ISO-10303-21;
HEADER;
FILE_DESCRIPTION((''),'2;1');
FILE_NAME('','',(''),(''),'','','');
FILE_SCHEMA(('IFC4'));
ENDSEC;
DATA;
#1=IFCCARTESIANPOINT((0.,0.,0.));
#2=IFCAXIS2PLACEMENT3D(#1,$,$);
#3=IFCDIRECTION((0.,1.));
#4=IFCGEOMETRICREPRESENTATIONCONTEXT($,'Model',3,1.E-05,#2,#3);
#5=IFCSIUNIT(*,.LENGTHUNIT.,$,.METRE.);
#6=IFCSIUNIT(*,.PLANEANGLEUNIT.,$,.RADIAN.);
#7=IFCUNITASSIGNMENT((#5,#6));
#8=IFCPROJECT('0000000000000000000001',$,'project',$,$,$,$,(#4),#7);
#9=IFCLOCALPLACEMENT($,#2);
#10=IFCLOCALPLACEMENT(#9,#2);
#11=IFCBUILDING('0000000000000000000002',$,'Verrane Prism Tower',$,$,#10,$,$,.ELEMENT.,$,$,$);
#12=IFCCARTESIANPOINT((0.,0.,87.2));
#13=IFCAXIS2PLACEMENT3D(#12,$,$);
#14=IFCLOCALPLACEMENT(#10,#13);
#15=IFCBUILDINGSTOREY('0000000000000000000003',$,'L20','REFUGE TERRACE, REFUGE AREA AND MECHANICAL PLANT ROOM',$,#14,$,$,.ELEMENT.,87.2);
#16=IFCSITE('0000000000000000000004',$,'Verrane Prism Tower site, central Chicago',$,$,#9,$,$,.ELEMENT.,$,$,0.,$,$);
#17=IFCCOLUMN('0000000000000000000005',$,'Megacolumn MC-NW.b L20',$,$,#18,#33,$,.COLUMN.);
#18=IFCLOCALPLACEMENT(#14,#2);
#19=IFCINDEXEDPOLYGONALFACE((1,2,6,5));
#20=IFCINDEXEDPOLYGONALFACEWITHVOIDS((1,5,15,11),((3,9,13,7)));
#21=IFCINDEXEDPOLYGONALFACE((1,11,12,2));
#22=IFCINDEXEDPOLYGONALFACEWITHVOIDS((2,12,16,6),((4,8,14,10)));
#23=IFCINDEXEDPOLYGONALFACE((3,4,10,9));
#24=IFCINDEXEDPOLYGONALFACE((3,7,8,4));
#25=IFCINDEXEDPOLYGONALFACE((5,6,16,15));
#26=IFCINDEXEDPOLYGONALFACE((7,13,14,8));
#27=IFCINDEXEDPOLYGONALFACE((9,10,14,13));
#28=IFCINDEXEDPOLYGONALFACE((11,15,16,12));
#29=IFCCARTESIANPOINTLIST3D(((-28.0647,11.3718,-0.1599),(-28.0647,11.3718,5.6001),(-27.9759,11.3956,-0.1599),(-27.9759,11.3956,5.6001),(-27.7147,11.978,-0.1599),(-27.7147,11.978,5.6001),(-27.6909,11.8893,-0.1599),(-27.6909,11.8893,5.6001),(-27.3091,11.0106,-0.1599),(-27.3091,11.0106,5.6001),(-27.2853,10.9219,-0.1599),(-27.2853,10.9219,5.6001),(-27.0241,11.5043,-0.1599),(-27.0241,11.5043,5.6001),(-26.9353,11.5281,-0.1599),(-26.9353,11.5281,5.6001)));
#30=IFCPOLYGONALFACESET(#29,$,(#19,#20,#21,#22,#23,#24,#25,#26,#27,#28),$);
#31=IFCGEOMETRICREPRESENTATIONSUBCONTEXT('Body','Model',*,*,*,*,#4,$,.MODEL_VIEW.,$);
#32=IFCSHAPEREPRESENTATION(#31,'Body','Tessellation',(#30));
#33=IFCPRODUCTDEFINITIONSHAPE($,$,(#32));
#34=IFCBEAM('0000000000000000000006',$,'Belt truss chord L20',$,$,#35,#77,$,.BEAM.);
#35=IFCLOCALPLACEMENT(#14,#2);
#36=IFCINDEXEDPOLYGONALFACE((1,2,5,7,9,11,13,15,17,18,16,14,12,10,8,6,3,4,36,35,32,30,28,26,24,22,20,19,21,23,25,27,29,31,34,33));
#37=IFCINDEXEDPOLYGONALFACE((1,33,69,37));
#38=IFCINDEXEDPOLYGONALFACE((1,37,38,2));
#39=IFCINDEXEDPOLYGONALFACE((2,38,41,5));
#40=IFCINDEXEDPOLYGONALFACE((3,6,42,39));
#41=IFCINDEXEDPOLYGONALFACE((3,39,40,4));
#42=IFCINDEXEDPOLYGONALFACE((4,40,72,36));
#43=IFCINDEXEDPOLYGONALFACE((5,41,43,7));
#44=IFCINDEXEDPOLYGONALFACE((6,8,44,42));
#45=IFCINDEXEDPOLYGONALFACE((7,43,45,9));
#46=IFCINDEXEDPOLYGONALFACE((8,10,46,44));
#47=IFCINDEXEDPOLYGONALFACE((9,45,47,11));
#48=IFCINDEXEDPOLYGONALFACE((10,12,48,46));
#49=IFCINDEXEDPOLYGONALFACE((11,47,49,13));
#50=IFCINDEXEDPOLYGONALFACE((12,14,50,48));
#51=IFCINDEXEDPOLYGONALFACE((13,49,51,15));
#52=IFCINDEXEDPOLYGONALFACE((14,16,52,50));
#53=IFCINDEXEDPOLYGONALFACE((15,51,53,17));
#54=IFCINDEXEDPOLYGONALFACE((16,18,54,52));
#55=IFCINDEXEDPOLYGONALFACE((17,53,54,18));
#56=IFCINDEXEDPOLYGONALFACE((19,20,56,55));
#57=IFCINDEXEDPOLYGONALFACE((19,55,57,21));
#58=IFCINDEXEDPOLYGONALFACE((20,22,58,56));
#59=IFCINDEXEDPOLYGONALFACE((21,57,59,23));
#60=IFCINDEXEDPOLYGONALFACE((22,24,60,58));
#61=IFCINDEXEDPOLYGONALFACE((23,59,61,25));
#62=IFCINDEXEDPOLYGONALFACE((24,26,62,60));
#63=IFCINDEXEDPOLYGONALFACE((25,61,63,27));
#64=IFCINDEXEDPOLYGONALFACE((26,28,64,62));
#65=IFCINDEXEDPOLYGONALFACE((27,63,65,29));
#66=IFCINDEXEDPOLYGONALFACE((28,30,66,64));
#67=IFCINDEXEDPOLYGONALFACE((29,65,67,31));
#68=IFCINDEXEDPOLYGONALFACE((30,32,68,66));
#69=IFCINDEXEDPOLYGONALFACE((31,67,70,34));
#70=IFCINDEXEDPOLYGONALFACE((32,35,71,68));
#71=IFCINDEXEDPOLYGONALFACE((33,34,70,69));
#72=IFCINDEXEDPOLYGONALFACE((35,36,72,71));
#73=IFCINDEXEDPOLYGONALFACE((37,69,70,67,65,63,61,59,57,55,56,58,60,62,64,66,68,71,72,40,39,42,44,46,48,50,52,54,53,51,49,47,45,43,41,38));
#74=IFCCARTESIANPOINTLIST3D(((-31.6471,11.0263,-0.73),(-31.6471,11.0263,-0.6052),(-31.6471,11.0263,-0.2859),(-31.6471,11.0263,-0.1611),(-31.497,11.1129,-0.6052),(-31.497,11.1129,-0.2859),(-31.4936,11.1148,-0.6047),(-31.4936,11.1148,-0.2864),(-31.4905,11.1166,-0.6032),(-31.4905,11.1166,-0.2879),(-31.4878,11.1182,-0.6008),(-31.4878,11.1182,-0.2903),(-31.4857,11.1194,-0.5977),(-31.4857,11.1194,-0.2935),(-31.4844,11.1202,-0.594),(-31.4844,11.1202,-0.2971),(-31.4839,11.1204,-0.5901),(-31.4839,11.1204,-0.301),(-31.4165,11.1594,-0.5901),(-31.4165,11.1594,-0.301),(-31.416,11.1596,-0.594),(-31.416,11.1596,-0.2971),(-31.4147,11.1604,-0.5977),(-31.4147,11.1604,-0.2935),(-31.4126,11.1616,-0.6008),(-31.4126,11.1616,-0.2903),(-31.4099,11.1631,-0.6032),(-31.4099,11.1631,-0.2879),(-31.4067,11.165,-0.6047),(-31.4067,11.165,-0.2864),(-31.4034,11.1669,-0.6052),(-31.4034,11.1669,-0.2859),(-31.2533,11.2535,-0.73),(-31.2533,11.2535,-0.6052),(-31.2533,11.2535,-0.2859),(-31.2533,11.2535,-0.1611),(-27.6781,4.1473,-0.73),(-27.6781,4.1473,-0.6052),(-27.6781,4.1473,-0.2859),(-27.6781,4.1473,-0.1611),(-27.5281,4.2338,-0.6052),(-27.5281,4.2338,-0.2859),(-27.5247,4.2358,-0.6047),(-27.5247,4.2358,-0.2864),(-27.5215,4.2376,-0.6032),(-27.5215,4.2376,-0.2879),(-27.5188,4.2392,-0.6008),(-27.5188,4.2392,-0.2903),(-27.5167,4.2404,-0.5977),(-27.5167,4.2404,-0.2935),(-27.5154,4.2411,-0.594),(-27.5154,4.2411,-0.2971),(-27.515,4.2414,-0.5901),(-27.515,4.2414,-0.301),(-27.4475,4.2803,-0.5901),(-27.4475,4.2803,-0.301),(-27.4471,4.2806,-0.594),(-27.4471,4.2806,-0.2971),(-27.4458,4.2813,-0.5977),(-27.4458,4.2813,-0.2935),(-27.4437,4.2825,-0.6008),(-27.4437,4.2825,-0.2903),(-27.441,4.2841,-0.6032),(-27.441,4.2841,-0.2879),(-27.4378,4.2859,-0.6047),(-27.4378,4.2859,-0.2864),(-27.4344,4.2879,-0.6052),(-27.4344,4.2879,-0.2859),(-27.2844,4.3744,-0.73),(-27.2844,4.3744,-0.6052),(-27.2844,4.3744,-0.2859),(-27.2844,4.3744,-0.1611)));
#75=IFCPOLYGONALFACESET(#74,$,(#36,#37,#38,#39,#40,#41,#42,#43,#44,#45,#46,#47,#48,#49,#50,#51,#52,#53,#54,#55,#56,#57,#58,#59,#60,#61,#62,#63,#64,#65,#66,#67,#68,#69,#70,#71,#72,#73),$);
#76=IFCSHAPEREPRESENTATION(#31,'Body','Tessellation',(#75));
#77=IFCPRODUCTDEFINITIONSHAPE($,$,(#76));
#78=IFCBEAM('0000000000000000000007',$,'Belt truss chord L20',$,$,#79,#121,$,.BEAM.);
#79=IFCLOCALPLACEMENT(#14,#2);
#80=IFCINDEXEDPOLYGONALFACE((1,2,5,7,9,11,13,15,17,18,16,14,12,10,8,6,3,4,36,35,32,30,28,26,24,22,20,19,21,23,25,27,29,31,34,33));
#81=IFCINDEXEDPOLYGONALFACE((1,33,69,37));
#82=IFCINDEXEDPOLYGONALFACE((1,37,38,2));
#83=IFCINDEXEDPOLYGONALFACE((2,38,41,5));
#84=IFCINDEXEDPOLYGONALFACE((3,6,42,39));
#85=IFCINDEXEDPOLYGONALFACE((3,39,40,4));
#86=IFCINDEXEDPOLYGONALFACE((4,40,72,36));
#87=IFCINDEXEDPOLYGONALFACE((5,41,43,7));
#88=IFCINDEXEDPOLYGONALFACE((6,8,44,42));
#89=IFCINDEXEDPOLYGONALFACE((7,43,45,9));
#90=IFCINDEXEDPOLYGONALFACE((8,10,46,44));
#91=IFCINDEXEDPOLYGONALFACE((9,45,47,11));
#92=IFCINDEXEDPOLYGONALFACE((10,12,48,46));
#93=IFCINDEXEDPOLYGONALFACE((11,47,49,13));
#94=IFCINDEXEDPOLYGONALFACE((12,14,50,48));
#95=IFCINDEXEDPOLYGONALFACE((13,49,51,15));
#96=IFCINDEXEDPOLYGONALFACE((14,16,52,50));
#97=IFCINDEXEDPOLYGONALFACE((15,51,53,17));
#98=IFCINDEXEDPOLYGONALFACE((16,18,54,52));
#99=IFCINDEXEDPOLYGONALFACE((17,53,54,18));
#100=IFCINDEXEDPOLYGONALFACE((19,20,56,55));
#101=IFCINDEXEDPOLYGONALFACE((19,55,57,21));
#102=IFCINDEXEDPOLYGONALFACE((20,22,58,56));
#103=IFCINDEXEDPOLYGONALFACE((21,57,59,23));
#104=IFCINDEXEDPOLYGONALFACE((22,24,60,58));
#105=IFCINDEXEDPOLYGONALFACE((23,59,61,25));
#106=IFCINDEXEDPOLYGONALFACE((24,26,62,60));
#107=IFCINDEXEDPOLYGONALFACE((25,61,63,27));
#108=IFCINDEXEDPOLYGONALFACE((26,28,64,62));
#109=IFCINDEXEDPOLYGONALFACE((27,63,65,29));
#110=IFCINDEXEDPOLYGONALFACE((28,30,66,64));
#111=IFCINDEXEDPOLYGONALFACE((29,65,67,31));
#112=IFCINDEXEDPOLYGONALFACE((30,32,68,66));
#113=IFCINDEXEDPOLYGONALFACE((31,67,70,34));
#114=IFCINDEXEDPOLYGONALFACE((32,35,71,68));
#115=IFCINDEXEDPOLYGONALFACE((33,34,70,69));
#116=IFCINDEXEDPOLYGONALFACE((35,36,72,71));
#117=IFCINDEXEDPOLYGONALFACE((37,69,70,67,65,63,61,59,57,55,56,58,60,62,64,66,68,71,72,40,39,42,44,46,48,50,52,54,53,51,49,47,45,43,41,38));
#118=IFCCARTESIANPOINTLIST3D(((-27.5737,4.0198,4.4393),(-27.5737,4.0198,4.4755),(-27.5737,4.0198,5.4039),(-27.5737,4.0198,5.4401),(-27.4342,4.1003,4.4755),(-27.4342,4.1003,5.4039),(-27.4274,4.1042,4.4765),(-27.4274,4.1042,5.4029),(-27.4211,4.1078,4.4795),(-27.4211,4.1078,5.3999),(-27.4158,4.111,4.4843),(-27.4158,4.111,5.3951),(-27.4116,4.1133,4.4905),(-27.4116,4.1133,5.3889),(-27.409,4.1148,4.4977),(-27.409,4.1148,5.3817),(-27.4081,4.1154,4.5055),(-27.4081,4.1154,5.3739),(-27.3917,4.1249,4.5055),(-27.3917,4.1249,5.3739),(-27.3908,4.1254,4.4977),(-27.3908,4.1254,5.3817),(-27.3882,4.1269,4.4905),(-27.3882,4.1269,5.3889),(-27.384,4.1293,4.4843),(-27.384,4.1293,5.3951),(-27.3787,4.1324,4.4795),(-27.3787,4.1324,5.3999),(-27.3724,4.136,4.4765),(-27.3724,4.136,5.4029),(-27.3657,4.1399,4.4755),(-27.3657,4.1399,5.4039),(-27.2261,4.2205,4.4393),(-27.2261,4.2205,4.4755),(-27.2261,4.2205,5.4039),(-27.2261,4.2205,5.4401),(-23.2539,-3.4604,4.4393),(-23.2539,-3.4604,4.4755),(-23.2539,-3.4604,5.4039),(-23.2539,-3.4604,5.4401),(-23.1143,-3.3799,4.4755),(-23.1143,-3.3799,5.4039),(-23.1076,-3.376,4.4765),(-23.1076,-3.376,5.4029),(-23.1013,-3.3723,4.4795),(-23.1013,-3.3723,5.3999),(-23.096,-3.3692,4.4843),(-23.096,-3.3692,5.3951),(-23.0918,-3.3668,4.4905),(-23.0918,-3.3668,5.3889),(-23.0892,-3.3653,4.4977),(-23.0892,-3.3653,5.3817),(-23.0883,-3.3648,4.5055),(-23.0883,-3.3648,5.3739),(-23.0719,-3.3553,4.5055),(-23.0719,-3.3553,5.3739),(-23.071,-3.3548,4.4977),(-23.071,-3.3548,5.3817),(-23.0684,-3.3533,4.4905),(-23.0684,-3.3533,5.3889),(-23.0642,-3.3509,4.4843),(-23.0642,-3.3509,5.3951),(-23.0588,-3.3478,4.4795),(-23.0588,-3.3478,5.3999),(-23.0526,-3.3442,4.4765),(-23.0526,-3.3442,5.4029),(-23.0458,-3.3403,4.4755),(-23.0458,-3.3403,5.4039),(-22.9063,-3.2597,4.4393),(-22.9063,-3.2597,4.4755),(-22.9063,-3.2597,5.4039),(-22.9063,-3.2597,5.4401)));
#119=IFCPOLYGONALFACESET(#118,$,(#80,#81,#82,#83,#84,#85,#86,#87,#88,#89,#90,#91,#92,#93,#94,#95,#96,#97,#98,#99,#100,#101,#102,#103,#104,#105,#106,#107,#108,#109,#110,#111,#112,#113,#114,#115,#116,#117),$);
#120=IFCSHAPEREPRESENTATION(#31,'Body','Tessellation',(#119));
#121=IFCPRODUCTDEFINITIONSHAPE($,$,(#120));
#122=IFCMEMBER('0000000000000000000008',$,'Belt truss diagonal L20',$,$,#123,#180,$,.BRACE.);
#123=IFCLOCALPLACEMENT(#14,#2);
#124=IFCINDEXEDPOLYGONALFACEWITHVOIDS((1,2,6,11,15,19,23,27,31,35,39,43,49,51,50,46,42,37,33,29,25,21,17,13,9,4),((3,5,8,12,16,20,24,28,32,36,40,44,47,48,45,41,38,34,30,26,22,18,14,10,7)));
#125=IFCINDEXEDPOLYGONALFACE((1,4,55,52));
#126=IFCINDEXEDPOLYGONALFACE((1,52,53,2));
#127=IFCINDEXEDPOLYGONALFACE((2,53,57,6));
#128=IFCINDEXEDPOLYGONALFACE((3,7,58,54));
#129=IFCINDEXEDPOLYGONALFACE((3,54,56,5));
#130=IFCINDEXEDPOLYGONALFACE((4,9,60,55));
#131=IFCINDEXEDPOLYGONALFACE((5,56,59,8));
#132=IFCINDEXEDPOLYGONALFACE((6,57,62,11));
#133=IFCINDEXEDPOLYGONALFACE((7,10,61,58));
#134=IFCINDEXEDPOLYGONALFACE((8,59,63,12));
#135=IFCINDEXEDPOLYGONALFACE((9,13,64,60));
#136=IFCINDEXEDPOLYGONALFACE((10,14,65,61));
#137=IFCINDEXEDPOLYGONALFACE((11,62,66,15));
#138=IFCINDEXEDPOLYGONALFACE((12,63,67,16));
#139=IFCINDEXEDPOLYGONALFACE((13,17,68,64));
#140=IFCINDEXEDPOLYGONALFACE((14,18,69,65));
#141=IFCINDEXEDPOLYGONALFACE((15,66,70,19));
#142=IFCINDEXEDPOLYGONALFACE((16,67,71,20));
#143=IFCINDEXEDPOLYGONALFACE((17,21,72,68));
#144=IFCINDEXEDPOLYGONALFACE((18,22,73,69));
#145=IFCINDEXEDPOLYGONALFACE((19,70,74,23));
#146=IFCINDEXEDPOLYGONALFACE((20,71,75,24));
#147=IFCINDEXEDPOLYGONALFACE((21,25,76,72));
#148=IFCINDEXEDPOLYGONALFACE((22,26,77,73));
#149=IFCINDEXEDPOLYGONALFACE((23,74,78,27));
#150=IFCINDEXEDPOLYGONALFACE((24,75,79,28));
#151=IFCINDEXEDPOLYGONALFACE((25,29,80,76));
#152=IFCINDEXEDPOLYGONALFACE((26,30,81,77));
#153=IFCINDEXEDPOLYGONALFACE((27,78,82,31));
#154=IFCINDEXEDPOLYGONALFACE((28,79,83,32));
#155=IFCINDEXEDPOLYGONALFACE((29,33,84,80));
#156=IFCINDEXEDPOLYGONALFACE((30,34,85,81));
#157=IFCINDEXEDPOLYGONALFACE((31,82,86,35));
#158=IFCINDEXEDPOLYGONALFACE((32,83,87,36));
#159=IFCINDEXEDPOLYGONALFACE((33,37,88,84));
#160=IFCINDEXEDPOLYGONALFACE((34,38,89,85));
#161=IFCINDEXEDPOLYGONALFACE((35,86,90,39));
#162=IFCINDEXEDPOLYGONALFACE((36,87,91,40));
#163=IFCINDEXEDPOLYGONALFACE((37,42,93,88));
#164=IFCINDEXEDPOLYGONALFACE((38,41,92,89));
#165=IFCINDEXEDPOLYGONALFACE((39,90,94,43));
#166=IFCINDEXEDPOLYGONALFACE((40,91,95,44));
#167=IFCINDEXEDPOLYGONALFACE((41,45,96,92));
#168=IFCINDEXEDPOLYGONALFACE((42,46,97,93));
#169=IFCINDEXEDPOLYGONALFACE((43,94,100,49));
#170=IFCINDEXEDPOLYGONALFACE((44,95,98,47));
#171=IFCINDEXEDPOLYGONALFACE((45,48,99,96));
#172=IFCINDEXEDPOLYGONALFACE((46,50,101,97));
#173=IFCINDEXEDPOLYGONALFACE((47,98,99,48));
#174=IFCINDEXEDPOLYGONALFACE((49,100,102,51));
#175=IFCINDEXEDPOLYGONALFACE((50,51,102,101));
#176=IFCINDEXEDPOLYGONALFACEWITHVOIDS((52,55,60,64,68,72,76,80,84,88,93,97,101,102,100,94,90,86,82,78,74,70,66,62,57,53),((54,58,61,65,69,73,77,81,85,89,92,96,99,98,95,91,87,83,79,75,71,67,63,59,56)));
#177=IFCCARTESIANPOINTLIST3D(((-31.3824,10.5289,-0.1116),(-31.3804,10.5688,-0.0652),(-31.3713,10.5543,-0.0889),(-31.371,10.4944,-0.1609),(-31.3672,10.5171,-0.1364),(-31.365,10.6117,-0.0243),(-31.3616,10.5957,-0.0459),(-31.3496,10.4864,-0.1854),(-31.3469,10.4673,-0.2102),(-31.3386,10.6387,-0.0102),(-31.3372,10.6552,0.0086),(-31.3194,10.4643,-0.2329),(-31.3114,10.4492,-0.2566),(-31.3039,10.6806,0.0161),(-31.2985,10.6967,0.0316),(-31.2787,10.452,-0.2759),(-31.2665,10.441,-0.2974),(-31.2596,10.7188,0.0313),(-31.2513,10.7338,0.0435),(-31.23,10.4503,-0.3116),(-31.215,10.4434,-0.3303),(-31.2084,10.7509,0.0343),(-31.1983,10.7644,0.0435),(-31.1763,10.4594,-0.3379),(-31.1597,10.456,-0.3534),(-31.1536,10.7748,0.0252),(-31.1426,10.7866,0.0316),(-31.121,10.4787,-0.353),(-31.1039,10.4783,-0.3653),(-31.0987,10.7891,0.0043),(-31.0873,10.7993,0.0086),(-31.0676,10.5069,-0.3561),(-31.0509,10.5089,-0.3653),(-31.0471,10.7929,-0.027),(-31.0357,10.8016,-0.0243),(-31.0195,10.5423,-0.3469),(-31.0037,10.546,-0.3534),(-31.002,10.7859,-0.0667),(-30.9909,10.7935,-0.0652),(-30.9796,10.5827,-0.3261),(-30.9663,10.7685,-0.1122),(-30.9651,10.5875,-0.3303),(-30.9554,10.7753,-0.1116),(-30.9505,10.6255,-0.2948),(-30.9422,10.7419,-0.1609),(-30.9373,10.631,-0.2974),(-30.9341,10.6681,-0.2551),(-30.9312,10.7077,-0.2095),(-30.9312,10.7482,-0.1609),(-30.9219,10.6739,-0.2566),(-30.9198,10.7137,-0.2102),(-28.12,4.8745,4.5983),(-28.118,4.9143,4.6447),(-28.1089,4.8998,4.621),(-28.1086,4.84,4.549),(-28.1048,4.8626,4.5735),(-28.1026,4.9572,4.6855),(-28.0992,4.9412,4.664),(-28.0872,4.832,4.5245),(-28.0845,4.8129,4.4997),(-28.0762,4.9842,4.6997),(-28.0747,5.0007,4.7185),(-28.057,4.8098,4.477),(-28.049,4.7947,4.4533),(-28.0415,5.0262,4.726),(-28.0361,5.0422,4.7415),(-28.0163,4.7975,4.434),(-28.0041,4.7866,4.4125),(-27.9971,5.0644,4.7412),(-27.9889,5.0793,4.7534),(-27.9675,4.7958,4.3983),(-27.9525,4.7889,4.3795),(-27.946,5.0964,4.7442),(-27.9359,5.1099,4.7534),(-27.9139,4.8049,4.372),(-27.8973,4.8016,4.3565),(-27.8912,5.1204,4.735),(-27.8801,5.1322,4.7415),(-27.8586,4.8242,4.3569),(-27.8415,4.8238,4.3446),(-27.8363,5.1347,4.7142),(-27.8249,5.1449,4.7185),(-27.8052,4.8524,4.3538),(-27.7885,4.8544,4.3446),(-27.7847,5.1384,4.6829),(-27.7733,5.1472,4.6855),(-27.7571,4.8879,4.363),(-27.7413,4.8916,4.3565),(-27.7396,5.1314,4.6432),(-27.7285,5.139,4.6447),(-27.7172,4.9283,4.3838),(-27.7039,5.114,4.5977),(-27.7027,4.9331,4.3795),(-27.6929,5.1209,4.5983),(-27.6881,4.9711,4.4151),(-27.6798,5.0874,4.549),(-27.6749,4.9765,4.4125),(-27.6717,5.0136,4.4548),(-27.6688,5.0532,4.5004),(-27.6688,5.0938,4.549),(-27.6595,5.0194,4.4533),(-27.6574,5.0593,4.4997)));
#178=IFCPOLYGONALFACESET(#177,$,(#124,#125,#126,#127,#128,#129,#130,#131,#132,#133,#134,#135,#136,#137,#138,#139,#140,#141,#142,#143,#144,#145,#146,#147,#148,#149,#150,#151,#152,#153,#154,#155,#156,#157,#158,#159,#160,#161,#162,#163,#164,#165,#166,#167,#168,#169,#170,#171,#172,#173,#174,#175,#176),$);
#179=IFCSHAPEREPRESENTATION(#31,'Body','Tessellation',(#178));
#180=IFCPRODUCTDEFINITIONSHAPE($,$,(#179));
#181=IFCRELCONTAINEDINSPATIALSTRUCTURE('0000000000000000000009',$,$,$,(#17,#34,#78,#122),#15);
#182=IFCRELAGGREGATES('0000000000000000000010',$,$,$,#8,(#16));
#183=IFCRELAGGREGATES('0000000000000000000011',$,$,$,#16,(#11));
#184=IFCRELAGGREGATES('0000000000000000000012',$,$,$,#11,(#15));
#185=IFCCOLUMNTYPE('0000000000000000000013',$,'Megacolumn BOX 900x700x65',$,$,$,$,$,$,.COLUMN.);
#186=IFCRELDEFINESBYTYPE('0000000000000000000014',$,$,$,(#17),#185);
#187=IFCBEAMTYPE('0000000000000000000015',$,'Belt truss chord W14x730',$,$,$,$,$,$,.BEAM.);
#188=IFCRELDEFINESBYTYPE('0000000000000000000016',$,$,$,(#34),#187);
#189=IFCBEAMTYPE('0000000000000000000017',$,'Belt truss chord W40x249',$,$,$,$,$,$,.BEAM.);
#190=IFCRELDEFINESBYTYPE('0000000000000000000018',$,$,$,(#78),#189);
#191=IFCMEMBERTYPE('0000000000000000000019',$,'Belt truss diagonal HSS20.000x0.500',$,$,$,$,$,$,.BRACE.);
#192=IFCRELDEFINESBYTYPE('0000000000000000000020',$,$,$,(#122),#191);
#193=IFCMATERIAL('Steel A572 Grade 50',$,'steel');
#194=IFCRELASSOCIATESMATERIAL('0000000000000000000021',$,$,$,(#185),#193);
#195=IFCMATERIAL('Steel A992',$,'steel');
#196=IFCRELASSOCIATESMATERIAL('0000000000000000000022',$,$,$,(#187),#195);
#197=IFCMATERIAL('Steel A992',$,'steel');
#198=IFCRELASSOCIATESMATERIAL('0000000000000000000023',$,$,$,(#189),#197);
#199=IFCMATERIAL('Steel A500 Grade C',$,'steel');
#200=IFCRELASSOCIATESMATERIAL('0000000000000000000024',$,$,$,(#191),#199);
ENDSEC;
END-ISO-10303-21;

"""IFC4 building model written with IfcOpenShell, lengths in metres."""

from ifc_helpers import new_model, si_unit, direction, frame, origin, origin_2d, place, context, subcontext, project, spatial, hollow_rectangle, hollow_circle, i_section, extrude, material, material_profile, profile_set, type_object, element, save


model = new_model("IFC4")

# Units and contexts
model_context = context("Model", 3, precision=1e-05, world=origin(), true_north=direction((0.0, 1.0)))
body_context = subcontext(model_context, "Body", "Model", "MODEL_VIEW")
ifc_project = project(units=[si_unit("LENGTHUNIT", "METRE"), si_unit("PLANEANGLEUNIT", "RADIAN")], contexts=[model_context])

# Site, building, storey
site_placement = place(None, origin())
site = spatial("IfcSite", under=ifc_project, at=site_placement, Name="Verrane Prism Tower site, central Chicago", CompositionType="ELEMENT", RefElevation=0.0)
building_placement = place(site_placement, origin())
building = spatial("IfcBuilding", under=site, at=building_placement, Name="Verrane Prism Tower", CompositionType="ELEMENT")
storey_placement = place(building_placement, frame((0.0, 0.0, 87.2)))
storey = spatial("IfcBuildingStorey", under=building, at=storey_placement, Name="L20", Description="REFUGE TERRACE, REFUGE AREA AND MECHANICAL PLANT ROOM", CompositionType="ELEMENT", Elevation=87.2)

# Column
ifc_material_1 = material(Name="Steel A572 Grade 50", Category="steel")
ifc_material_profile_1 = material_profile(ifc_material_1, hollow_rectangle(XDim=0.7, YDim=0.8999, WallThickness=0.0649, at=origin_2d()), Name="BOX 900x700x65")
ifc_profile_set_1 = profile_set([ifc_material_profile_1], Name="Steel A572 Grade 50")
column_type = type_object("IfcColumnType", Name="Megacolumn BOX 900x700x65", PredefinedType="COLUMN", material=ifc_profile_set_1)
column_placement = place(storey_placement, frame((-27.5, 11.45, -0.1599), z_axis=(0.0, 0.0, 1.0), x_axis=(0.5, 0.866025, 0.0)))
element("IfcColumn", 1, at=column_placement, inside=storey, type_object=column_type, Name="Megacolumn MC-NW.b L20", PredefinedType="COLUMN", context=body_context, shape_type="SweptSolid", body=[
    extrude(hollow_rectangle(XDim=0.7, YDim=0.8999, WallThickness=0.0649, at=origin_2d()), origin(), (0.0, 0.0, 1.0), 5.76),
])

# Beams
ifc_material_2 = material(Name="Steel A992", Category="steel")
ifc_material_profile_2 = material_profile(ifc_material_2, i_section(OverallWidth=0.4546, OverallDepth=0.5688, WebThickness=0.0779, FlangeThickness=0.1248, FilletRadius=0.0151, at=origin_2d()), Name="W14x730")
ifc_profile_set_2 = profile_set([ifc_material_profile_2], Name="Steel A992")
beam_type_1 = type_object("IfcBeamType", Name="Belt truss chord W14x730", PredefinedType="BEAM", material=ifc_profile_set_2)
beam_1_placement = place(storey_placement, frame((-31.4502, 11.1399, -0.4456), z_axis=(0.499746, -0.866172, 0.0), x_axis=(0.866172, 0.499746, 0.0)))
element("IfcBeam", 2, at=beam_1_placement, inside=storey, type_object=beam_type_1, Name="Belt truss chord L20", PredefinedType="BEAM", context=body_context, shape_type="SweptSolid", body=[
    extrude(i_section(OverallWidth=0.4546, OverallDepth=0.5688, WebThickness=0.0779, FlangeThickness=0.1248, FilletRadius=0.0151, at=origin_2d()), origin(), (0.0, 0.0, 1.0), 7.9419),
])
ifc_material_3 = material(Name="Steel A992", Category="steel")
ifc_material_profile_3 = material_profile(ifc_material_3, i_section(OverallWidth=0.4014, OverallDepth=1.0007, WebThickness=0.019, FlangeThickness=0.0361, FilletRadius=0.03, at=origin_2d()), Name="W40x249")
ifc_profile_set_3 = profile_set([ifc_material_profile_3], Name="Steel A992")
beam_type_2 = type_object("IfcBeamType", Name="Belt truss chord W40x249", PredefinedType="BEAM", material=ifc_profile_set_3)
beam_2_placement = place(storey_placement, frame((-27.3999, 4.1201, 4.9397), z_axis=(0.500097, -0.86597, 0.0), x_axis=(0.86597, 0.500097, 0.0)))
element("IfcBeam", 3, at=beam_2_placement, inside=storey, type_object=beam_type_2, Name="Belt truss chord L20", PredefinedType="BEAM", context=body_context, shape_type="SweptSolid", body=[
    extrude(i_section(OverallWidth=0.4014, OverallDepth=1.0007, WebThickness=0.019, FlangeThickness=0.0361, FilletRadius=0.03, at=origin_2d()), origin(), (0.0, 0.0, 1.0), 8.6379),
])

# Member
ifc_material_4 = material(Name="Steel A500 Grade C", Category="steel")
ifc_material_profile_4 = material_profile(ifc_material_4, hollow_circle(Radius=0.2539, WallThickness=0.0127, at=origin_2d()), Name="HSS20.000x0.500")
ifc_profile_set_4 = profile_set([ifc_material_profile_4], Name="Steel A500 Grade C")
member_type_1 = type_object("IfcMemberType", Name="Belt truss diagonal HSS20.000x0.500", PredefinedType="BRACE", material=ifc_profile_set_4)
member_1_placement = place(storey_placement, frame((-31.1511, 10.6213, -0.1609), z_axis=(0.405278, -0.702435, 0.585094), x_axis=(0.866171, 0.499747, 0.0)))
element("IfcMember", 4, at=member_1_placement, inside=storey, type_object=member_type_1, Name="Belt truss diagonal L20", PredefinedType="BRACE", context=body_context, shape_type="SweptSolid", body=[
    extrude(hollow_circle(Radius=0.2539, WallThickness=0.0127, at=origin_2d()), origin(), (0.0, 0.0, 1.0), 8.0498),
])

save(model, "model.ifc")
